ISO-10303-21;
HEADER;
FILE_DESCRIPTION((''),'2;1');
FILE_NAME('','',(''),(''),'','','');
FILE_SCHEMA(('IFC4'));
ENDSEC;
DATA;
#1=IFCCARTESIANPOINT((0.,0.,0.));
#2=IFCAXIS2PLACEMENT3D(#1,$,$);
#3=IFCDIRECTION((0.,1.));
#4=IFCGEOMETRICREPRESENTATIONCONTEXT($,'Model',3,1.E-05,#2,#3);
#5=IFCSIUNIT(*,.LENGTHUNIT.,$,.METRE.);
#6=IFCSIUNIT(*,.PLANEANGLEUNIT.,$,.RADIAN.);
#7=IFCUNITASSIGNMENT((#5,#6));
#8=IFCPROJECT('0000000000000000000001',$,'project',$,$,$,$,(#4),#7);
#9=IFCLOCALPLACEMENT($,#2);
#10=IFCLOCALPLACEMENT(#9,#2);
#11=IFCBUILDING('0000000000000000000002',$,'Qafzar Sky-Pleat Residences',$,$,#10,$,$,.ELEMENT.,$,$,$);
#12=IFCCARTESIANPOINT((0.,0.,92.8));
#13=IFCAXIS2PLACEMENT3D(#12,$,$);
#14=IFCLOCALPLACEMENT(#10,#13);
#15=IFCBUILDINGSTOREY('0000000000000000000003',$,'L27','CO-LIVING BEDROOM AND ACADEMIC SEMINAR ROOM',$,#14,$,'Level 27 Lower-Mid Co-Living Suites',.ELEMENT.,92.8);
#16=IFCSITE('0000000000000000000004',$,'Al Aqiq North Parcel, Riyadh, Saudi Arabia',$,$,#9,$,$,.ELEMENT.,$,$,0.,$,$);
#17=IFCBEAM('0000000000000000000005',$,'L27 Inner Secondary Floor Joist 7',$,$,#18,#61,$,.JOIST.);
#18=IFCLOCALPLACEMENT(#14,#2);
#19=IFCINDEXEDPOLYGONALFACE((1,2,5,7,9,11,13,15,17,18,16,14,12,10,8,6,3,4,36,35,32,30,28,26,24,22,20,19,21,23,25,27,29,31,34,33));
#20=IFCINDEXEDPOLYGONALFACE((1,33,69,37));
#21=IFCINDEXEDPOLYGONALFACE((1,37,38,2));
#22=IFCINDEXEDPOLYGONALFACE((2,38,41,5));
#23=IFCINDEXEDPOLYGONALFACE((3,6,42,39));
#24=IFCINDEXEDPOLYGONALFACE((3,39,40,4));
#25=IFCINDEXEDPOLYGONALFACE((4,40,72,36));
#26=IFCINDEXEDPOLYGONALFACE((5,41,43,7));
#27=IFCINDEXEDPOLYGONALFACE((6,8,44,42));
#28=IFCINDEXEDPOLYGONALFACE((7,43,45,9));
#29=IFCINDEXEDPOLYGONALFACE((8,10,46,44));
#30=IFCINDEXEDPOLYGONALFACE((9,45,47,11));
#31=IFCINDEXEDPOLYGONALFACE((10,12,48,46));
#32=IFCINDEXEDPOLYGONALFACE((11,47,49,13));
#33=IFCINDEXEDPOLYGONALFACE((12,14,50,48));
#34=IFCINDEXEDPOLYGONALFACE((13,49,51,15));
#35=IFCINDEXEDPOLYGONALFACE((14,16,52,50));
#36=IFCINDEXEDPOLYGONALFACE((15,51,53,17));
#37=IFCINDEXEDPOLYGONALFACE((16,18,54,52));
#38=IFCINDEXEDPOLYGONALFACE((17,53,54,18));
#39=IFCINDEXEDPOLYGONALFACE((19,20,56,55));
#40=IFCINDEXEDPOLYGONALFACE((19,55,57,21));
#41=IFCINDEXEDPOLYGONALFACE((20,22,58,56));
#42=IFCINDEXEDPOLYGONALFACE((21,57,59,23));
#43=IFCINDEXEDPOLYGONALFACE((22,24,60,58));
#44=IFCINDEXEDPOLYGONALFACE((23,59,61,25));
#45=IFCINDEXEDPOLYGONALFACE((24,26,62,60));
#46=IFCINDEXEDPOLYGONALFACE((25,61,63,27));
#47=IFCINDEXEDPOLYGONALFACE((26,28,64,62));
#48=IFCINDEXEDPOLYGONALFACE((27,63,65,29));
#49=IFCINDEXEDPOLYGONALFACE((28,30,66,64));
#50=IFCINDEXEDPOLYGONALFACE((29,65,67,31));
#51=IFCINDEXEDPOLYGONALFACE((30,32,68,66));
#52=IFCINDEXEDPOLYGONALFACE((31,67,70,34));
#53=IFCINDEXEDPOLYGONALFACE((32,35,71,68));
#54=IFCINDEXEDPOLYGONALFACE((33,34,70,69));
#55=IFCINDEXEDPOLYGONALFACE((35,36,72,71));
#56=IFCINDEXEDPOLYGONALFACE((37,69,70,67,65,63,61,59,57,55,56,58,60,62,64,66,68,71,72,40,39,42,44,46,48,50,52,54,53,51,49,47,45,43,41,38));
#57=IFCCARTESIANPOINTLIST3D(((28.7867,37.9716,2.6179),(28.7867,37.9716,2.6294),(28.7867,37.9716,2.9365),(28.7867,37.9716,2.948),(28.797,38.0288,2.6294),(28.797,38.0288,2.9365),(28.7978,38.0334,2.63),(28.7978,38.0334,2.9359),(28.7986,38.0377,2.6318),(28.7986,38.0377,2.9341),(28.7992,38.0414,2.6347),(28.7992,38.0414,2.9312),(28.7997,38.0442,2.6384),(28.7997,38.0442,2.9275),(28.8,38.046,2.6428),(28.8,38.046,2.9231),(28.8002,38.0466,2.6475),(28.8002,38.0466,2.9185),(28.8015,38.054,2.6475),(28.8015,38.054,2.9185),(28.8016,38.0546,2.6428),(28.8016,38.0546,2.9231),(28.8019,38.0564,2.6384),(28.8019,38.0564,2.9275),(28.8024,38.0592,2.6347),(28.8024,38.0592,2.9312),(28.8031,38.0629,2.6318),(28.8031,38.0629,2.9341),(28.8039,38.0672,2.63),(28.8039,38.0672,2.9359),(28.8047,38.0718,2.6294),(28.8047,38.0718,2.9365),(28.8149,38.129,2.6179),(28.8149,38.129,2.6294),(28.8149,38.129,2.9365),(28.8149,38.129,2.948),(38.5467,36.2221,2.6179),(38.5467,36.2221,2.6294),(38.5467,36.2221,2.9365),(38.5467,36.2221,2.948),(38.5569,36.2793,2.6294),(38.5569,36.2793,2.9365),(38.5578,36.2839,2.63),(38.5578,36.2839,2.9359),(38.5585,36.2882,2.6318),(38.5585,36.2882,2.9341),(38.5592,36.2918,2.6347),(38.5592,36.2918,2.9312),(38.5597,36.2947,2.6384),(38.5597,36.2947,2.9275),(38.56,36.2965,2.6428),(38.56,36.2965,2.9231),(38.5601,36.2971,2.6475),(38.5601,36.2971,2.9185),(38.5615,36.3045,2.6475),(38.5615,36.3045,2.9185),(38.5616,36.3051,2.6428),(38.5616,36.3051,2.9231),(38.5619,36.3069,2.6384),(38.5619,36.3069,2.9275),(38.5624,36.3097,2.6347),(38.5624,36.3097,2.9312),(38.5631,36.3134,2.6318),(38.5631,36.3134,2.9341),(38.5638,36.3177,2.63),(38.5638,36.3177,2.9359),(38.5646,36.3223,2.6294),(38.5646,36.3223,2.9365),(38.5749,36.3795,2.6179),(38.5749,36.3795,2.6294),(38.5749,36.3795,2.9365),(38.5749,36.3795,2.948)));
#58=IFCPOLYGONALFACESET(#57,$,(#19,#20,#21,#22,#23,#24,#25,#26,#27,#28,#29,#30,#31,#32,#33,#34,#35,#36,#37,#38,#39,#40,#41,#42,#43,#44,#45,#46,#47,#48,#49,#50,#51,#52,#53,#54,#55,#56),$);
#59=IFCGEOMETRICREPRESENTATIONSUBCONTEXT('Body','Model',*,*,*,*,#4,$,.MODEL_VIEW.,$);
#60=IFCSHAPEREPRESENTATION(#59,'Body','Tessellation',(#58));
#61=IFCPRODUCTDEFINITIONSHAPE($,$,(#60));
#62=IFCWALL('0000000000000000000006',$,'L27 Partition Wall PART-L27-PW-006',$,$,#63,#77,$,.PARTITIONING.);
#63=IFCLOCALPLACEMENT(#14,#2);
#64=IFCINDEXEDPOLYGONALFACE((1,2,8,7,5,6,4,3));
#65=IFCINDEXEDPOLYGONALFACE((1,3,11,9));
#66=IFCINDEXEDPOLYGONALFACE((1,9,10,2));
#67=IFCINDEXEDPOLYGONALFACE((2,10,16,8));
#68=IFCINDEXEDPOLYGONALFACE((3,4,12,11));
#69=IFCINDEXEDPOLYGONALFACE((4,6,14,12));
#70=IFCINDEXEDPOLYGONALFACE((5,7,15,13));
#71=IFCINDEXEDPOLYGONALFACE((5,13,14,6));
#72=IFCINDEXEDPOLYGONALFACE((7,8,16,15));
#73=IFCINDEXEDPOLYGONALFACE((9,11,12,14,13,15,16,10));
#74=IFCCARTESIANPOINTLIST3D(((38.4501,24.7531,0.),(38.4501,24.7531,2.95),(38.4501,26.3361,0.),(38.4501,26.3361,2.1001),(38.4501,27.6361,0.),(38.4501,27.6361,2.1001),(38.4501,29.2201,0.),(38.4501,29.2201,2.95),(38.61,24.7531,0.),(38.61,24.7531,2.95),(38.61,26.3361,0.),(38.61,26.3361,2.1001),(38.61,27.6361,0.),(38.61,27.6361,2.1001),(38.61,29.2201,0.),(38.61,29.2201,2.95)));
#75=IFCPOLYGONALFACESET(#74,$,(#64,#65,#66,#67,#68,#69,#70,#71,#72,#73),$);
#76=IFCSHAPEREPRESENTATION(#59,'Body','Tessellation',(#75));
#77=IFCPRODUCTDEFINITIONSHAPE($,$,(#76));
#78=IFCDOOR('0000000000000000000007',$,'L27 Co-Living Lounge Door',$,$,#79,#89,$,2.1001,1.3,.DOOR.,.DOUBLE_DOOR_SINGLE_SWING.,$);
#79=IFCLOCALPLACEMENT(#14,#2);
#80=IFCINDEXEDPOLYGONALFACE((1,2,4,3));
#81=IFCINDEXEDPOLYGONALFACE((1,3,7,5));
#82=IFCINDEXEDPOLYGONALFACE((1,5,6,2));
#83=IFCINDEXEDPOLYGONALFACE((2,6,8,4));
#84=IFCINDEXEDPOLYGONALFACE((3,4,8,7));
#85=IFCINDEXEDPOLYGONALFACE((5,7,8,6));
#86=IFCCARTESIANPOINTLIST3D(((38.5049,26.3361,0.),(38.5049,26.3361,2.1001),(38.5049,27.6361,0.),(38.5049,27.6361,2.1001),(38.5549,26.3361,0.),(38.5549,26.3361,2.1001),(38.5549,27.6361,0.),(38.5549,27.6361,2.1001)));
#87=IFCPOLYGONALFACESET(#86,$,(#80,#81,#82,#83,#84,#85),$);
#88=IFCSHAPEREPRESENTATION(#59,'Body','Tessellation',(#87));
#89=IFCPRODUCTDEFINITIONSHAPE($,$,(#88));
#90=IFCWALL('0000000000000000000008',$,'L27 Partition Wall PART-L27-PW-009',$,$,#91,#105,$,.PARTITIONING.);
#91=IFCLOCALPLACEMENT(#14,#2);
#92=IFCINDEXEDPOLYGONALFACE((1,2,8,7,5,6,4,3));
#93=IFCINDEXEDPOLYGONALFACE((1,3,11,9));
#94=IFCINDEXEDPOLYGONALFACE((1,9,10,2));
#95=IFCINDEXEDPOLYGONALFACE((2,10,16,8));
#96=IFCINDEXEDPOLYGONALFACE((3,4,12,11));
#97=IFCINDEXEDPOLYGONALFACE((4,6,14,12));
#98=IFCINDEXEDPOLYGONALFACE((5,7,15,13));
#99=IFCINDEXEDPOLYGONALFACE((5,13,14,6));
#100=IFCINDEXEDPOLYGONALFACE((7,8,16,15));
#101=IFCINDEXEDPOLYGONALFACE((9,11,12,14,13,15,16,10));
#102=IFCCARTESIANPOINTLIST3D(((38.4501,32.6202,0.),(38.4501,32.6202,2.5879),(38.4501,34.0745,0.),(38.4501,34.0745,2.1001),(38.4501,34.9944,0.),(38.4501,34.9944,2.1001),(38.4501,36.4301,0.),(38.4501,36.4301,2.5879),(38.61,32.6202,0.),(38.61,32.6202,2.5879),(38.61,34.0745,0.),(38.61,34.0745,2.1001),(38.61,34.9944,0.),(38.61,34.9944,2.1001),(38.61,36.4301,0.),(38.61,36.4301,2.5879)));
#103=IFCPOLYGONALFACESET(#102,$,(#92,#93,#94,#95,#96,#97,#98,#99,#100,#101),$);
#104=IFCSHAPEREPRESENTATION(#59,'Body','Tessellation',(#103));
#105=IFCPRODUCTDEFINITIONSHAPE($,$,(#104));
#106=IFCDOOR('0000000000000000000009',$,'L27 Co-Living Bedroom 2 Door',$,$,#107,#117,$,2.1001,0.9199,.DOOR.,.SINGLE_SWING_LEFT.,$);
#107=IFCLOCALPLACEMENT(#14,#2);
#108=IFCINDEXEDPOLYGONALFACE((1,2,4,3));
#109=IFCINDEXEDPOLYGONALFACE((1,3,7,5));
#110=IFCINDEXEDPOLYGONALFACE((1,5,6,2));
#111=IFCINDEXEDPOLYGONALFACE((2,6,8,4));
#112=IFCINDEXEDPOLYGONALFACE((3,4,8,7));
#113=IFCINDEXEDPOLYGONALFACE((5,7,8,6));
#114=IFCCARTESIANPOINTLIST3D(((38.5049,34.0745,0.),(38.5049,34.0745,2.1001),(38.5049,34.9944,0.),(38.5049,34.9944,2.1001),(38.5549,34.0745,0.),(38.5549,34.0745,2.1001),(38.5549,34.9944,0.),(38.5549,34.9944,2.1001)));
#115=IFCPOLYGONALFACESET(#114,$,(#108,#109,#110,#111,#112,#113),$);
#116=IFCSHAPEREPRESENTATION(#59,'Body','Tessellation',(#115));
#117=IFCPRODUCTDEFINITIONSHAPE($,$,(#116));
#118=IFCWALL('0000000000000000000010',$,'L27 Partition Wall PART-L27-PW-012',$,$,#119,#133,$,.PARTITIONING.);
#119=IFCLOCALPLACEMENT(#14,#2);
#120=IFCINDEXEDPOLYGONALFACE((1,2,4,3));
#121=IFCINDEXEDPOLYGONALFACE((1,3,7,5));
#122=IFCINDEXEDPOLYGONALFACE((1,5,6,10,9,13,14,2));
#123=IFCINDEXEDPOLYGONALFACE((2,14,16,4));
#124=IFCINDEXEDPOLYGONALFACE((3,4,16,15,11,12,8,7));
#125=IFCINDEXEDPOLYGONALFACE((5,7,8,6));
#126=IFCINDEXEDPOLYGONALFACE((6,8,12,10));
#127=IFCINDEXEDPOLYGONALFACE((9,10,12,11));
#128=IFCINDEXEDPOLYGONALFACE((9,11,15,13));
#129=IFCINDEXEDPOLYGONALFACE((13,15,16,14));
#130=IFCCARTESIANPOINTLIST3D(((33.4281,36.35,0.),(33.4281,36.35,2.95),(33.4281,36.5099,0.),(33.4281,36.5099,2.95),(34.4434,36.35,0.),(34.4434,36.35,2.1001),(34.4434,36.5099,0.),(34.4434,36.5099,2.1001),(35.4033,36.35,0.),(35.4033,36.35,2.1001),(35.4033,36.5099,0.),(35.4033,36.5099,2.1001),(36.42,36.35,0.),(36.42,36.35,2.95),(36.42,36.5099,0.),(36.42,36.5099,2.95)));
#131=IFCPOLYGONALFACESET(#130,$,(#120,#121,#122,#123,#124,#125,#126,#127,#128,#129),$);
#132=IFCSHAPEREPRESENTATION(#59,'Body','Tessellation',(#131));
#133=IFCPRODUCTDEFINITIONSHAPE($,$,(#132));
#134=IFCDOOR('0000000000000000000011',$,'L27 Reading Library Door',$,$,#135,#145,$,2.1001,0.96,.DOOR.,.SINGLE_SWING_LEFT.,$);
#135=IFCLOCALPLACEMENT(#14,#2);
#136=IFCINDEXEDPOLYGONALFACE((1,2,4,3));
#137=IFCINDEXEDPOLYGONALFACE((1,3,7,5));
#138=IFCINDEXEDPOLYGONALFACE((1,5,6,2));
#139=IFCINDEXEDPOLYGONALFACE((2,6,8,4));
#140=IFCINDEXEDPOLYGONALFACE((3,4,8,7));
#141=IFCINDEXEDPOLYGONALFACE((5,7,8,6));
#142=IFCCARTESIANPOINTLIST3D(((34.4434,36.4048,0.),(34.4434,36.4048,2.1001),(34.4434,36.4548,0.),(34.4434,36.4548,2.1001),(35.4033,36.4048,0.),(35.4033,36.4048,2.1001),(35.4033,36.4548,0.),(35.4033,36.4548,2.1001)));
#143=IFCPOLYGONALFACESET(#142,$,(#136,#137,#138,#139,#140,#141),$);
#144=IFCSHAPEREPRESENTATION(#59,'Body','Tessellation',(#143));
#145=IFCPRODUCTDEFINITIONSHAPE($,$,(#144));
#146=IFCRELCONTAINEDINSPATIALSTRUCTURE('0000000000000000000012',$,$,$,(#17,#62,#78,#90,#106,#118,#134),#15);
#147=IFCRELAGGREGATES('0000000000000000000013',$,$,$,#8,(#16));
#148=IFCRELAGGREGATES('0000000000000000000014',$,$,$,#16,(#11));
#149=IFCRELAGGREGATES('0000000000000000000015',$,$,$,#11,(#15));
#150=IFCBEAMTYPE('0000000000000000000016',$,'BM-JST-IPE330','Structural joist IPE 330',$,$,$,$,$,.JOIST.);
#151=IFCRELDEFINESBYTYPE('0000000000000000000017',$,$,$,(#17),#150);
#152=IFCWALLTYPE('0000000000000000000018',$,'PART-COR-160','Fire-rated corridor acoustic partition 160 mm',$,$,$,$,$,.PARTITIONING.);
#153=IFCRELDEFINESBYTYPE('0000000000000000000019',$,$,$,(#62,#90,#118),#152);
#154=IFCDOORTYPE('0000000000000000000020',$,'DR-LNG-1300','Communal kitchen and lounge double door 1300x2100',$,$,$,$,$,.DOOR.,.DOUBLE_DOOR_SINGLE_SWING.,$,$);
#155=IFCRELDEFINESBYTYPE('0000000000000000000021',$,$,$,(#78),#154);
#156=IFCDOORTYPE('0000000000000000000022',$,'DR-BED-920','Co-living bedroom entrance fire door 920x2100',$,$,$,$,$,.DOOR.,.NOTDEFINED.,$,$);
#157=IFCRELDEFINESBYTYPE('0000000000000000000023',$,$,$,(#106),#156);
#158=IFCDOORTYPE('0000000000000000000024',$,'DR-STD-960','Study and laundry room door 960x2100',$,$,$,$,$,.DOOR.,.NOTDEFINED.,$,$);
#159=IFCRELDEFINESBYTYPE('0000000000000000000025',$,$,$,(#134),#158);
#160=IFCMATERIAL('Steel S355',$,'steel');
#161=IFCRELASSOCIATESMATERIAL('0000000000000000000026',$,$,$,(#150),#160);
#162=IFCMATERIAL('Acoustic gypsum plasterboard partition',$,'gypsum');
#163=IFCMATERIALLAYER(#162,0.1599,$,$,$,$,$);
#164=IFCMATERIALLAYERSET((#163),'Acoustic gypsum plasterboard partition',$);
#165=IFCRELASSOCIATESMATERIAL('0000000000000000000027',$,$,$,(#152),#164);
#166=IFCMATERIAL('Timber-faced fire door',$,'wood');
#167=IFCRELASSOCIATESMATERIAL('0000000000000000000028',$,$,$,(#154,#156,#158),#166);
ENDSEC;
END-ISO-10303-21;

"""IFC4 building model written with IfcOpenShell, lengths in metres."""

from ifc_helpers import new_model, si_unit, direction, frame, frame_2d, origin, origin_2d, place, context, subcontext, project, spatial, rectangle, i_section, extrude, source, transform, mapped, material, layer, layer_set, material_profile, profile_set, type_object, element, fill, save


model = new_model("IFC4")

# Units and contexts
model_context = context("Model", 3, precision=1e-05, world=origin(), true_north=direction((0.0, 1.0)))
body_context = subcontext(model_context, "Body", "Model", "MODEL_VIEW")
ifc_project = project(units=[si_unit("LENGTHUNIT", "METRE"), si_unit("PLANEANGLEUNIT", "RADIAN")], contexts=[model_context])

# Site, building, storey
site_placement = place(None, origin())
site = spatial("IfcSite", under=ifc_project, at=site_placement, Name="Al Aqiq North Parcel, Riyadh, Saudi Arabia", CompositionType="ELEMENT", RefElevation=0.0)
building_placement = place(site_placement, origin())
building = spatial("IfcBuilding", under=site, at=building_placement, Name="Qafzar Sky-Pleat Residences", CompositionType="ELEMENT")
storey_placement = place(building_placement, frame((0.0, 0.0, 92.8)))
storey = spatial("IfcBuildingStorey", under=building, at=storey_placement, Name="L27", Description="CO-LIVING BEDROOM AND ACADEMIC SEMINAR ROOM", LongName="Level 27 Lower-Mid Co-Living Suites", CompositionType="ELEMENT", Elevation=92.8)

# Beam
ifc_material_1 = material(Name="Steel S355", Category="steel")
ifc_material_profile = material_profile(ifc_material_1, i_section(OverallWidth=0.1599, OverallDepth=0.3301, WebThickness=0.0076, FlangeThickness=0.0115, FilletRadius=0.0181, at=origin_2d()), Name="IPE 330")
ifc_profile_set = profile_set([ifc_material_profile], Name="Steel S355")
beam_type = type_object("IfcBeamType", Name="BM-JST-IPE330", Description="Structural joist IPE 330", PredefinedType="JOIST", material=ifc_profile_set)
shared_shape_1 = source(origin(), body_context, "Body", "SweptSolid", [
    extrude(i_section(OverallWidth=0.1599, OverallDepth=0.3301, WebThickness=0.0076, FlangeThickness=0.0115, FilletRadius=0.0181, at=origin_2d()), origin(), (0.0, 0.0, 1.0), 9.9155),
])
beam_placement = place(storey_placement, frame((38.5608, 36.3008, 2.783), z_axis=(-0.984311, 0.176441, 0.0), x_axis=(-0.176441, -0.984311, 0.0)))
element("IfcBeam", 1, at=beam_placement, inside=storey, type_object=beam_type, Name="L27 Inner Secondary Floor Joist 7", PredefinedType="JOIST", context=body_context, shape_type="MappedRepresentation", body=[
    mapped(shared_shape_1, transform((0.0, 0.0, 0.0), x_axis=(1.0, 0.0, 0.0), y_axis=(0.0, 1.0, 0.0), z_axis=(0.0, 0.0, 1.0), scale=1.0)),
])

# Walls, openings, doors
ifc_material_2 = material(Name="Acoustic gypsum plasterboard partition", Category="gypsum")
ifc_layer_1 = layer(ifc_material_2, 0.1599)
ifc_layer_set_1 = layer_set([ifc_layer_1], Name="Acoustic gypsum plasterboard partition")
wall_type_1 = type_object("IfcWallType", Name="PART-COR-160", Description="Fire-rated corridor acoustic partition 160 mm", PredefinedType="PARTITIONING", material=ifc_layer_set_1)
wall_1_placement = place(storey_placement, frame((38.53, 29.22, 0.0), z_axis=(0.0, 0.0, 1.0), x_axis=(0.0, -1.0, 0.0)))
wall_1 = element("IfcWall", 2, at=wall_1_placement, inside=storey, type_object=wall_type_1, Name="L27 Partition Wall PART-L27-PW-006", PredefinedType="PARTITIONING", context=body_context, shape_type="SweptSolid", body=[
    extrude(rectangle(XDim=4.467, YDim=0.1599, at=frame_2d((2.2334, 0.0))), origin(), (0.0, 0.0, 1.0), 2.95),
])
opening_1_placement = place(wall_1_placement, frame((1.584, 0.0, 0.0)))
opening_1 = element("IfcOpeningElement", 3, at=opening_1_placement, cuts=wall_1, PredefinedType="OPENING", context=body_context, shape_type="SweptSolid", body=[
    extrude(rectangle(XDim=1.3, YDim=2.1001, at=frame_2d((0.6499, 1.05))), frame((0.0, 0.0898, 0.0), z_axis=(0.0, -1.0, 0.0), x_axis=(1.0, 0.0, 0.0)), (0.0, 0.0, 1.0), 0.1799),
])
ifc_material_3 = material(Name="Timber-faced fire door", Category="wood")
door_type_1 = type_object("IfcDoorType", Name="DR-LNG-1300", Description="Communal kitchen and lounge double door 1300x2100", OperationType="DOUBLE_DOOR_SINGLE_SWING", PredefinedType="DOOR", material=ifc_material_3)
shared_shape_2 = source(origin(), body_context, "Body", "SweptSolid", [
    extrude(rectangle(XDim=1.3, YDim=2.1001, at=frame_2d((0.6499, 1.05))), frame((0.0, 0.0249, 0.0), z_axis=(0.0, -1.0, 0.0), x_axis=(1.0, 0.0, 0.0)), (0.0, 0.0, 1.0), 0.05),
])
door_1_placement = place(opening_1_placement, origin())
door_1 = element("IfcDoor", 4, at=door_1_placement, inside=storey, type_object=door_type_1, Name="L27 Co-Living Lounge Door", OperationType="DOUBLE_DOOR_SINGLE_SWING", OverallHeight=2.1001, OverallWidth=1.3, PredefinedType="DOOR", context=body_context, shape_type="MappedRepresentation", body=[
    mapped(shared_shape_2, transform((0.0, 0.0, 0.0), x_axis=(1.0, 0.0, 0.0), y_axis=(0.0, 1.0, 0.0), z_axis=(0.0, 0.0, 1.0), scale=1.0)),
])
fill(opening_1, door_1)
wall_2_placement = place(storey_placement, frame((38.53, 36.4299, 0.0), z_axis=(0.0, 0.0, 1.0), x_axis=(0.0, -1.0, 0.0)))
wall_2 = element("IfcWall", 5, at=wall_2_placement, inside=storey, type_object=wall_type_1, Name="L27 Partition Wall PART-L27-PW-009", PredefinedType="PARTITIONING", context=body_context, shape_type="SweptSolid", body=[
    extrude(rectangle(XDim=3.8098, YDim=0.1599, at=frame_2d((1.9048, 0.0))), origin(), (0.0, 0.0, 1.0), 2.5879),
])
opening_2_placement = place(wall_2_placement, frame((1.4355, 0.0, 0.0)))
opening_2 = element("IfcOpeningElement", 6, at=opening_2_placement, cuts=wall_2, PredefinedType="OPENING", context=body_context, shape_type="SweptSolid", body=[
    extrude(rectangle(XDim=0.9199, YDim=2.1001, at=frame_2d((0.46, 1.05))), frame((0.0, 0.0898, 0.0), z_axis=(0.0, -1.0, 0.0), x_axis=(1.0, 0.0, 0.0)), (0.0, 0.0, 1.0), 0.1799),
])
door_type_2 = type_object("IfcDoorType", Name="DR-BED-920", Description="Co-living bedroom entrance fire door 920x2100", OperationType="NOTDEFINED", PredefinedType="DOOR", material=ifc_material_3)
shared_shape_3 = source(origin(), body_context, "Body", "SweptSolid", [
    extrude(rectangle(XDim=0.9199, YDim=2.1001, at=frame_2d((0.46, 1.05))), frame((0.0, 0.0249, 0.0), z_axis=(0.0, -1.0, 0.0), x_axis=(1.0, 0.0, 0.0)), (0.0, 0.0, 1.0), 0.05),
])
door_2_placement = place(opening_2_placement, origin())
door_2 = element("IfcDoor", 7, at=door_2_placement, inside=storey, type_object=door_type_2, Name="L27 Co-Living Bedroom 2 Door", OperationType="SINGLE_SWING_LEFT", OverallHeight=2.1001, OverallWidth=0.9199, PredefinedType="DOOR", context=body_context, shape_type="MappedRepresentation", body=[
    mapped(shared_shape_3, transform((0.0, 0.0, 0.0), x_axis=(1.0, 0.0, 0.0), y_axis=(0.0, 1.0, 0.0), z_axis=(0.0, 0.0, 1.0), scale=1.0)),
])
fill(opening_2, door_2)
wall_3_placement = place(storey_placement, frame((33.428, 36.4299, 0.0), z_axis=(0.0, 0.0, 1.0), x_axis=(1.0, 0.0, 0.0)))
wall_3 = element("IfcWall", 8, at=wall_3_placement, inside=storey, type_object=wall_type_1, Name="L27 Partition Wall PART-L27-PW-012", PredefinedType="PARTITIONING", context=body_context, shape_type="SweptSolid", body=[
    extrude(rectangle(XDim=2.9919, YDim=0.1599, at=frame_2d((1.4961, 0.0))), origin(), (0.0, 0.0, 1.0), 2.95),
])
opening_3_placement = place(wall_3_placement, frame((1.0154, 0.0, 0.0)))
opening_3 = element("IfcOpeningElement", 9, at=opening_3_placement, cuts=wall_3, PredefinedType="OPENING", context=body_context, shape_type="SweptSolid", body=[
    extrude(rectangle(XDim=0.96, YDim=2.1001, at=frame_2d((0.48, 1.05))), frame((0.0, 0.0898, 0.0), z_axis=(0.0, -1.0, 0.0), x_axis=(1.0, 0.0, 0.0)), (0.0, 0.0, 1.0), 0.1799),
])
door_type_3 = type_object("IfcDoorType", Name="DR-STD-960", Description="Study and laundry room door 960x2100", OperationType="NOTDEFINED", PredefinedType="DOOR", material=ifc_material_3)
shared_shape_4 = source(origin(), body_context, "Body", "SweptSolid", [
    extrude(rectangle(XDim=0.96, YDim=2.1001, at=frame_2d((0.48, 1.05))), frame((0.0, 0.0249, 0.0), z_axis=(0.0, -1.0, 0.0), x_axis=(1.0, 0.0, 0.0)), (0.0, 0.0, 1.0), 0.05),
])
door_3_placement = place(opening_3_placement, origin())
door_3 = element("IfcDoor", 10, at=door_3_placement, inside=storey, type_object=door_type_3, Name="L27 Reading Library Door", OperationType="SINGLE_SWING_LEFT", OverallHeight=2.1001, OverallWidth=0.96, PredefinedType="DOOR", context=body_context, shape_type="MappedRepresentation", body=[
    mapped(shared_shape_4, transform((0.0, 0.0, 0.0), x_axis=(1.0, 0.0, 0.0), y_axis=(0.0, 1.0, 0.0), z_axis=(0.0, 0.0, 1.0), scale=1.0)),
])
fill(opening_3, door_3)

save(model, "model.ifc")
